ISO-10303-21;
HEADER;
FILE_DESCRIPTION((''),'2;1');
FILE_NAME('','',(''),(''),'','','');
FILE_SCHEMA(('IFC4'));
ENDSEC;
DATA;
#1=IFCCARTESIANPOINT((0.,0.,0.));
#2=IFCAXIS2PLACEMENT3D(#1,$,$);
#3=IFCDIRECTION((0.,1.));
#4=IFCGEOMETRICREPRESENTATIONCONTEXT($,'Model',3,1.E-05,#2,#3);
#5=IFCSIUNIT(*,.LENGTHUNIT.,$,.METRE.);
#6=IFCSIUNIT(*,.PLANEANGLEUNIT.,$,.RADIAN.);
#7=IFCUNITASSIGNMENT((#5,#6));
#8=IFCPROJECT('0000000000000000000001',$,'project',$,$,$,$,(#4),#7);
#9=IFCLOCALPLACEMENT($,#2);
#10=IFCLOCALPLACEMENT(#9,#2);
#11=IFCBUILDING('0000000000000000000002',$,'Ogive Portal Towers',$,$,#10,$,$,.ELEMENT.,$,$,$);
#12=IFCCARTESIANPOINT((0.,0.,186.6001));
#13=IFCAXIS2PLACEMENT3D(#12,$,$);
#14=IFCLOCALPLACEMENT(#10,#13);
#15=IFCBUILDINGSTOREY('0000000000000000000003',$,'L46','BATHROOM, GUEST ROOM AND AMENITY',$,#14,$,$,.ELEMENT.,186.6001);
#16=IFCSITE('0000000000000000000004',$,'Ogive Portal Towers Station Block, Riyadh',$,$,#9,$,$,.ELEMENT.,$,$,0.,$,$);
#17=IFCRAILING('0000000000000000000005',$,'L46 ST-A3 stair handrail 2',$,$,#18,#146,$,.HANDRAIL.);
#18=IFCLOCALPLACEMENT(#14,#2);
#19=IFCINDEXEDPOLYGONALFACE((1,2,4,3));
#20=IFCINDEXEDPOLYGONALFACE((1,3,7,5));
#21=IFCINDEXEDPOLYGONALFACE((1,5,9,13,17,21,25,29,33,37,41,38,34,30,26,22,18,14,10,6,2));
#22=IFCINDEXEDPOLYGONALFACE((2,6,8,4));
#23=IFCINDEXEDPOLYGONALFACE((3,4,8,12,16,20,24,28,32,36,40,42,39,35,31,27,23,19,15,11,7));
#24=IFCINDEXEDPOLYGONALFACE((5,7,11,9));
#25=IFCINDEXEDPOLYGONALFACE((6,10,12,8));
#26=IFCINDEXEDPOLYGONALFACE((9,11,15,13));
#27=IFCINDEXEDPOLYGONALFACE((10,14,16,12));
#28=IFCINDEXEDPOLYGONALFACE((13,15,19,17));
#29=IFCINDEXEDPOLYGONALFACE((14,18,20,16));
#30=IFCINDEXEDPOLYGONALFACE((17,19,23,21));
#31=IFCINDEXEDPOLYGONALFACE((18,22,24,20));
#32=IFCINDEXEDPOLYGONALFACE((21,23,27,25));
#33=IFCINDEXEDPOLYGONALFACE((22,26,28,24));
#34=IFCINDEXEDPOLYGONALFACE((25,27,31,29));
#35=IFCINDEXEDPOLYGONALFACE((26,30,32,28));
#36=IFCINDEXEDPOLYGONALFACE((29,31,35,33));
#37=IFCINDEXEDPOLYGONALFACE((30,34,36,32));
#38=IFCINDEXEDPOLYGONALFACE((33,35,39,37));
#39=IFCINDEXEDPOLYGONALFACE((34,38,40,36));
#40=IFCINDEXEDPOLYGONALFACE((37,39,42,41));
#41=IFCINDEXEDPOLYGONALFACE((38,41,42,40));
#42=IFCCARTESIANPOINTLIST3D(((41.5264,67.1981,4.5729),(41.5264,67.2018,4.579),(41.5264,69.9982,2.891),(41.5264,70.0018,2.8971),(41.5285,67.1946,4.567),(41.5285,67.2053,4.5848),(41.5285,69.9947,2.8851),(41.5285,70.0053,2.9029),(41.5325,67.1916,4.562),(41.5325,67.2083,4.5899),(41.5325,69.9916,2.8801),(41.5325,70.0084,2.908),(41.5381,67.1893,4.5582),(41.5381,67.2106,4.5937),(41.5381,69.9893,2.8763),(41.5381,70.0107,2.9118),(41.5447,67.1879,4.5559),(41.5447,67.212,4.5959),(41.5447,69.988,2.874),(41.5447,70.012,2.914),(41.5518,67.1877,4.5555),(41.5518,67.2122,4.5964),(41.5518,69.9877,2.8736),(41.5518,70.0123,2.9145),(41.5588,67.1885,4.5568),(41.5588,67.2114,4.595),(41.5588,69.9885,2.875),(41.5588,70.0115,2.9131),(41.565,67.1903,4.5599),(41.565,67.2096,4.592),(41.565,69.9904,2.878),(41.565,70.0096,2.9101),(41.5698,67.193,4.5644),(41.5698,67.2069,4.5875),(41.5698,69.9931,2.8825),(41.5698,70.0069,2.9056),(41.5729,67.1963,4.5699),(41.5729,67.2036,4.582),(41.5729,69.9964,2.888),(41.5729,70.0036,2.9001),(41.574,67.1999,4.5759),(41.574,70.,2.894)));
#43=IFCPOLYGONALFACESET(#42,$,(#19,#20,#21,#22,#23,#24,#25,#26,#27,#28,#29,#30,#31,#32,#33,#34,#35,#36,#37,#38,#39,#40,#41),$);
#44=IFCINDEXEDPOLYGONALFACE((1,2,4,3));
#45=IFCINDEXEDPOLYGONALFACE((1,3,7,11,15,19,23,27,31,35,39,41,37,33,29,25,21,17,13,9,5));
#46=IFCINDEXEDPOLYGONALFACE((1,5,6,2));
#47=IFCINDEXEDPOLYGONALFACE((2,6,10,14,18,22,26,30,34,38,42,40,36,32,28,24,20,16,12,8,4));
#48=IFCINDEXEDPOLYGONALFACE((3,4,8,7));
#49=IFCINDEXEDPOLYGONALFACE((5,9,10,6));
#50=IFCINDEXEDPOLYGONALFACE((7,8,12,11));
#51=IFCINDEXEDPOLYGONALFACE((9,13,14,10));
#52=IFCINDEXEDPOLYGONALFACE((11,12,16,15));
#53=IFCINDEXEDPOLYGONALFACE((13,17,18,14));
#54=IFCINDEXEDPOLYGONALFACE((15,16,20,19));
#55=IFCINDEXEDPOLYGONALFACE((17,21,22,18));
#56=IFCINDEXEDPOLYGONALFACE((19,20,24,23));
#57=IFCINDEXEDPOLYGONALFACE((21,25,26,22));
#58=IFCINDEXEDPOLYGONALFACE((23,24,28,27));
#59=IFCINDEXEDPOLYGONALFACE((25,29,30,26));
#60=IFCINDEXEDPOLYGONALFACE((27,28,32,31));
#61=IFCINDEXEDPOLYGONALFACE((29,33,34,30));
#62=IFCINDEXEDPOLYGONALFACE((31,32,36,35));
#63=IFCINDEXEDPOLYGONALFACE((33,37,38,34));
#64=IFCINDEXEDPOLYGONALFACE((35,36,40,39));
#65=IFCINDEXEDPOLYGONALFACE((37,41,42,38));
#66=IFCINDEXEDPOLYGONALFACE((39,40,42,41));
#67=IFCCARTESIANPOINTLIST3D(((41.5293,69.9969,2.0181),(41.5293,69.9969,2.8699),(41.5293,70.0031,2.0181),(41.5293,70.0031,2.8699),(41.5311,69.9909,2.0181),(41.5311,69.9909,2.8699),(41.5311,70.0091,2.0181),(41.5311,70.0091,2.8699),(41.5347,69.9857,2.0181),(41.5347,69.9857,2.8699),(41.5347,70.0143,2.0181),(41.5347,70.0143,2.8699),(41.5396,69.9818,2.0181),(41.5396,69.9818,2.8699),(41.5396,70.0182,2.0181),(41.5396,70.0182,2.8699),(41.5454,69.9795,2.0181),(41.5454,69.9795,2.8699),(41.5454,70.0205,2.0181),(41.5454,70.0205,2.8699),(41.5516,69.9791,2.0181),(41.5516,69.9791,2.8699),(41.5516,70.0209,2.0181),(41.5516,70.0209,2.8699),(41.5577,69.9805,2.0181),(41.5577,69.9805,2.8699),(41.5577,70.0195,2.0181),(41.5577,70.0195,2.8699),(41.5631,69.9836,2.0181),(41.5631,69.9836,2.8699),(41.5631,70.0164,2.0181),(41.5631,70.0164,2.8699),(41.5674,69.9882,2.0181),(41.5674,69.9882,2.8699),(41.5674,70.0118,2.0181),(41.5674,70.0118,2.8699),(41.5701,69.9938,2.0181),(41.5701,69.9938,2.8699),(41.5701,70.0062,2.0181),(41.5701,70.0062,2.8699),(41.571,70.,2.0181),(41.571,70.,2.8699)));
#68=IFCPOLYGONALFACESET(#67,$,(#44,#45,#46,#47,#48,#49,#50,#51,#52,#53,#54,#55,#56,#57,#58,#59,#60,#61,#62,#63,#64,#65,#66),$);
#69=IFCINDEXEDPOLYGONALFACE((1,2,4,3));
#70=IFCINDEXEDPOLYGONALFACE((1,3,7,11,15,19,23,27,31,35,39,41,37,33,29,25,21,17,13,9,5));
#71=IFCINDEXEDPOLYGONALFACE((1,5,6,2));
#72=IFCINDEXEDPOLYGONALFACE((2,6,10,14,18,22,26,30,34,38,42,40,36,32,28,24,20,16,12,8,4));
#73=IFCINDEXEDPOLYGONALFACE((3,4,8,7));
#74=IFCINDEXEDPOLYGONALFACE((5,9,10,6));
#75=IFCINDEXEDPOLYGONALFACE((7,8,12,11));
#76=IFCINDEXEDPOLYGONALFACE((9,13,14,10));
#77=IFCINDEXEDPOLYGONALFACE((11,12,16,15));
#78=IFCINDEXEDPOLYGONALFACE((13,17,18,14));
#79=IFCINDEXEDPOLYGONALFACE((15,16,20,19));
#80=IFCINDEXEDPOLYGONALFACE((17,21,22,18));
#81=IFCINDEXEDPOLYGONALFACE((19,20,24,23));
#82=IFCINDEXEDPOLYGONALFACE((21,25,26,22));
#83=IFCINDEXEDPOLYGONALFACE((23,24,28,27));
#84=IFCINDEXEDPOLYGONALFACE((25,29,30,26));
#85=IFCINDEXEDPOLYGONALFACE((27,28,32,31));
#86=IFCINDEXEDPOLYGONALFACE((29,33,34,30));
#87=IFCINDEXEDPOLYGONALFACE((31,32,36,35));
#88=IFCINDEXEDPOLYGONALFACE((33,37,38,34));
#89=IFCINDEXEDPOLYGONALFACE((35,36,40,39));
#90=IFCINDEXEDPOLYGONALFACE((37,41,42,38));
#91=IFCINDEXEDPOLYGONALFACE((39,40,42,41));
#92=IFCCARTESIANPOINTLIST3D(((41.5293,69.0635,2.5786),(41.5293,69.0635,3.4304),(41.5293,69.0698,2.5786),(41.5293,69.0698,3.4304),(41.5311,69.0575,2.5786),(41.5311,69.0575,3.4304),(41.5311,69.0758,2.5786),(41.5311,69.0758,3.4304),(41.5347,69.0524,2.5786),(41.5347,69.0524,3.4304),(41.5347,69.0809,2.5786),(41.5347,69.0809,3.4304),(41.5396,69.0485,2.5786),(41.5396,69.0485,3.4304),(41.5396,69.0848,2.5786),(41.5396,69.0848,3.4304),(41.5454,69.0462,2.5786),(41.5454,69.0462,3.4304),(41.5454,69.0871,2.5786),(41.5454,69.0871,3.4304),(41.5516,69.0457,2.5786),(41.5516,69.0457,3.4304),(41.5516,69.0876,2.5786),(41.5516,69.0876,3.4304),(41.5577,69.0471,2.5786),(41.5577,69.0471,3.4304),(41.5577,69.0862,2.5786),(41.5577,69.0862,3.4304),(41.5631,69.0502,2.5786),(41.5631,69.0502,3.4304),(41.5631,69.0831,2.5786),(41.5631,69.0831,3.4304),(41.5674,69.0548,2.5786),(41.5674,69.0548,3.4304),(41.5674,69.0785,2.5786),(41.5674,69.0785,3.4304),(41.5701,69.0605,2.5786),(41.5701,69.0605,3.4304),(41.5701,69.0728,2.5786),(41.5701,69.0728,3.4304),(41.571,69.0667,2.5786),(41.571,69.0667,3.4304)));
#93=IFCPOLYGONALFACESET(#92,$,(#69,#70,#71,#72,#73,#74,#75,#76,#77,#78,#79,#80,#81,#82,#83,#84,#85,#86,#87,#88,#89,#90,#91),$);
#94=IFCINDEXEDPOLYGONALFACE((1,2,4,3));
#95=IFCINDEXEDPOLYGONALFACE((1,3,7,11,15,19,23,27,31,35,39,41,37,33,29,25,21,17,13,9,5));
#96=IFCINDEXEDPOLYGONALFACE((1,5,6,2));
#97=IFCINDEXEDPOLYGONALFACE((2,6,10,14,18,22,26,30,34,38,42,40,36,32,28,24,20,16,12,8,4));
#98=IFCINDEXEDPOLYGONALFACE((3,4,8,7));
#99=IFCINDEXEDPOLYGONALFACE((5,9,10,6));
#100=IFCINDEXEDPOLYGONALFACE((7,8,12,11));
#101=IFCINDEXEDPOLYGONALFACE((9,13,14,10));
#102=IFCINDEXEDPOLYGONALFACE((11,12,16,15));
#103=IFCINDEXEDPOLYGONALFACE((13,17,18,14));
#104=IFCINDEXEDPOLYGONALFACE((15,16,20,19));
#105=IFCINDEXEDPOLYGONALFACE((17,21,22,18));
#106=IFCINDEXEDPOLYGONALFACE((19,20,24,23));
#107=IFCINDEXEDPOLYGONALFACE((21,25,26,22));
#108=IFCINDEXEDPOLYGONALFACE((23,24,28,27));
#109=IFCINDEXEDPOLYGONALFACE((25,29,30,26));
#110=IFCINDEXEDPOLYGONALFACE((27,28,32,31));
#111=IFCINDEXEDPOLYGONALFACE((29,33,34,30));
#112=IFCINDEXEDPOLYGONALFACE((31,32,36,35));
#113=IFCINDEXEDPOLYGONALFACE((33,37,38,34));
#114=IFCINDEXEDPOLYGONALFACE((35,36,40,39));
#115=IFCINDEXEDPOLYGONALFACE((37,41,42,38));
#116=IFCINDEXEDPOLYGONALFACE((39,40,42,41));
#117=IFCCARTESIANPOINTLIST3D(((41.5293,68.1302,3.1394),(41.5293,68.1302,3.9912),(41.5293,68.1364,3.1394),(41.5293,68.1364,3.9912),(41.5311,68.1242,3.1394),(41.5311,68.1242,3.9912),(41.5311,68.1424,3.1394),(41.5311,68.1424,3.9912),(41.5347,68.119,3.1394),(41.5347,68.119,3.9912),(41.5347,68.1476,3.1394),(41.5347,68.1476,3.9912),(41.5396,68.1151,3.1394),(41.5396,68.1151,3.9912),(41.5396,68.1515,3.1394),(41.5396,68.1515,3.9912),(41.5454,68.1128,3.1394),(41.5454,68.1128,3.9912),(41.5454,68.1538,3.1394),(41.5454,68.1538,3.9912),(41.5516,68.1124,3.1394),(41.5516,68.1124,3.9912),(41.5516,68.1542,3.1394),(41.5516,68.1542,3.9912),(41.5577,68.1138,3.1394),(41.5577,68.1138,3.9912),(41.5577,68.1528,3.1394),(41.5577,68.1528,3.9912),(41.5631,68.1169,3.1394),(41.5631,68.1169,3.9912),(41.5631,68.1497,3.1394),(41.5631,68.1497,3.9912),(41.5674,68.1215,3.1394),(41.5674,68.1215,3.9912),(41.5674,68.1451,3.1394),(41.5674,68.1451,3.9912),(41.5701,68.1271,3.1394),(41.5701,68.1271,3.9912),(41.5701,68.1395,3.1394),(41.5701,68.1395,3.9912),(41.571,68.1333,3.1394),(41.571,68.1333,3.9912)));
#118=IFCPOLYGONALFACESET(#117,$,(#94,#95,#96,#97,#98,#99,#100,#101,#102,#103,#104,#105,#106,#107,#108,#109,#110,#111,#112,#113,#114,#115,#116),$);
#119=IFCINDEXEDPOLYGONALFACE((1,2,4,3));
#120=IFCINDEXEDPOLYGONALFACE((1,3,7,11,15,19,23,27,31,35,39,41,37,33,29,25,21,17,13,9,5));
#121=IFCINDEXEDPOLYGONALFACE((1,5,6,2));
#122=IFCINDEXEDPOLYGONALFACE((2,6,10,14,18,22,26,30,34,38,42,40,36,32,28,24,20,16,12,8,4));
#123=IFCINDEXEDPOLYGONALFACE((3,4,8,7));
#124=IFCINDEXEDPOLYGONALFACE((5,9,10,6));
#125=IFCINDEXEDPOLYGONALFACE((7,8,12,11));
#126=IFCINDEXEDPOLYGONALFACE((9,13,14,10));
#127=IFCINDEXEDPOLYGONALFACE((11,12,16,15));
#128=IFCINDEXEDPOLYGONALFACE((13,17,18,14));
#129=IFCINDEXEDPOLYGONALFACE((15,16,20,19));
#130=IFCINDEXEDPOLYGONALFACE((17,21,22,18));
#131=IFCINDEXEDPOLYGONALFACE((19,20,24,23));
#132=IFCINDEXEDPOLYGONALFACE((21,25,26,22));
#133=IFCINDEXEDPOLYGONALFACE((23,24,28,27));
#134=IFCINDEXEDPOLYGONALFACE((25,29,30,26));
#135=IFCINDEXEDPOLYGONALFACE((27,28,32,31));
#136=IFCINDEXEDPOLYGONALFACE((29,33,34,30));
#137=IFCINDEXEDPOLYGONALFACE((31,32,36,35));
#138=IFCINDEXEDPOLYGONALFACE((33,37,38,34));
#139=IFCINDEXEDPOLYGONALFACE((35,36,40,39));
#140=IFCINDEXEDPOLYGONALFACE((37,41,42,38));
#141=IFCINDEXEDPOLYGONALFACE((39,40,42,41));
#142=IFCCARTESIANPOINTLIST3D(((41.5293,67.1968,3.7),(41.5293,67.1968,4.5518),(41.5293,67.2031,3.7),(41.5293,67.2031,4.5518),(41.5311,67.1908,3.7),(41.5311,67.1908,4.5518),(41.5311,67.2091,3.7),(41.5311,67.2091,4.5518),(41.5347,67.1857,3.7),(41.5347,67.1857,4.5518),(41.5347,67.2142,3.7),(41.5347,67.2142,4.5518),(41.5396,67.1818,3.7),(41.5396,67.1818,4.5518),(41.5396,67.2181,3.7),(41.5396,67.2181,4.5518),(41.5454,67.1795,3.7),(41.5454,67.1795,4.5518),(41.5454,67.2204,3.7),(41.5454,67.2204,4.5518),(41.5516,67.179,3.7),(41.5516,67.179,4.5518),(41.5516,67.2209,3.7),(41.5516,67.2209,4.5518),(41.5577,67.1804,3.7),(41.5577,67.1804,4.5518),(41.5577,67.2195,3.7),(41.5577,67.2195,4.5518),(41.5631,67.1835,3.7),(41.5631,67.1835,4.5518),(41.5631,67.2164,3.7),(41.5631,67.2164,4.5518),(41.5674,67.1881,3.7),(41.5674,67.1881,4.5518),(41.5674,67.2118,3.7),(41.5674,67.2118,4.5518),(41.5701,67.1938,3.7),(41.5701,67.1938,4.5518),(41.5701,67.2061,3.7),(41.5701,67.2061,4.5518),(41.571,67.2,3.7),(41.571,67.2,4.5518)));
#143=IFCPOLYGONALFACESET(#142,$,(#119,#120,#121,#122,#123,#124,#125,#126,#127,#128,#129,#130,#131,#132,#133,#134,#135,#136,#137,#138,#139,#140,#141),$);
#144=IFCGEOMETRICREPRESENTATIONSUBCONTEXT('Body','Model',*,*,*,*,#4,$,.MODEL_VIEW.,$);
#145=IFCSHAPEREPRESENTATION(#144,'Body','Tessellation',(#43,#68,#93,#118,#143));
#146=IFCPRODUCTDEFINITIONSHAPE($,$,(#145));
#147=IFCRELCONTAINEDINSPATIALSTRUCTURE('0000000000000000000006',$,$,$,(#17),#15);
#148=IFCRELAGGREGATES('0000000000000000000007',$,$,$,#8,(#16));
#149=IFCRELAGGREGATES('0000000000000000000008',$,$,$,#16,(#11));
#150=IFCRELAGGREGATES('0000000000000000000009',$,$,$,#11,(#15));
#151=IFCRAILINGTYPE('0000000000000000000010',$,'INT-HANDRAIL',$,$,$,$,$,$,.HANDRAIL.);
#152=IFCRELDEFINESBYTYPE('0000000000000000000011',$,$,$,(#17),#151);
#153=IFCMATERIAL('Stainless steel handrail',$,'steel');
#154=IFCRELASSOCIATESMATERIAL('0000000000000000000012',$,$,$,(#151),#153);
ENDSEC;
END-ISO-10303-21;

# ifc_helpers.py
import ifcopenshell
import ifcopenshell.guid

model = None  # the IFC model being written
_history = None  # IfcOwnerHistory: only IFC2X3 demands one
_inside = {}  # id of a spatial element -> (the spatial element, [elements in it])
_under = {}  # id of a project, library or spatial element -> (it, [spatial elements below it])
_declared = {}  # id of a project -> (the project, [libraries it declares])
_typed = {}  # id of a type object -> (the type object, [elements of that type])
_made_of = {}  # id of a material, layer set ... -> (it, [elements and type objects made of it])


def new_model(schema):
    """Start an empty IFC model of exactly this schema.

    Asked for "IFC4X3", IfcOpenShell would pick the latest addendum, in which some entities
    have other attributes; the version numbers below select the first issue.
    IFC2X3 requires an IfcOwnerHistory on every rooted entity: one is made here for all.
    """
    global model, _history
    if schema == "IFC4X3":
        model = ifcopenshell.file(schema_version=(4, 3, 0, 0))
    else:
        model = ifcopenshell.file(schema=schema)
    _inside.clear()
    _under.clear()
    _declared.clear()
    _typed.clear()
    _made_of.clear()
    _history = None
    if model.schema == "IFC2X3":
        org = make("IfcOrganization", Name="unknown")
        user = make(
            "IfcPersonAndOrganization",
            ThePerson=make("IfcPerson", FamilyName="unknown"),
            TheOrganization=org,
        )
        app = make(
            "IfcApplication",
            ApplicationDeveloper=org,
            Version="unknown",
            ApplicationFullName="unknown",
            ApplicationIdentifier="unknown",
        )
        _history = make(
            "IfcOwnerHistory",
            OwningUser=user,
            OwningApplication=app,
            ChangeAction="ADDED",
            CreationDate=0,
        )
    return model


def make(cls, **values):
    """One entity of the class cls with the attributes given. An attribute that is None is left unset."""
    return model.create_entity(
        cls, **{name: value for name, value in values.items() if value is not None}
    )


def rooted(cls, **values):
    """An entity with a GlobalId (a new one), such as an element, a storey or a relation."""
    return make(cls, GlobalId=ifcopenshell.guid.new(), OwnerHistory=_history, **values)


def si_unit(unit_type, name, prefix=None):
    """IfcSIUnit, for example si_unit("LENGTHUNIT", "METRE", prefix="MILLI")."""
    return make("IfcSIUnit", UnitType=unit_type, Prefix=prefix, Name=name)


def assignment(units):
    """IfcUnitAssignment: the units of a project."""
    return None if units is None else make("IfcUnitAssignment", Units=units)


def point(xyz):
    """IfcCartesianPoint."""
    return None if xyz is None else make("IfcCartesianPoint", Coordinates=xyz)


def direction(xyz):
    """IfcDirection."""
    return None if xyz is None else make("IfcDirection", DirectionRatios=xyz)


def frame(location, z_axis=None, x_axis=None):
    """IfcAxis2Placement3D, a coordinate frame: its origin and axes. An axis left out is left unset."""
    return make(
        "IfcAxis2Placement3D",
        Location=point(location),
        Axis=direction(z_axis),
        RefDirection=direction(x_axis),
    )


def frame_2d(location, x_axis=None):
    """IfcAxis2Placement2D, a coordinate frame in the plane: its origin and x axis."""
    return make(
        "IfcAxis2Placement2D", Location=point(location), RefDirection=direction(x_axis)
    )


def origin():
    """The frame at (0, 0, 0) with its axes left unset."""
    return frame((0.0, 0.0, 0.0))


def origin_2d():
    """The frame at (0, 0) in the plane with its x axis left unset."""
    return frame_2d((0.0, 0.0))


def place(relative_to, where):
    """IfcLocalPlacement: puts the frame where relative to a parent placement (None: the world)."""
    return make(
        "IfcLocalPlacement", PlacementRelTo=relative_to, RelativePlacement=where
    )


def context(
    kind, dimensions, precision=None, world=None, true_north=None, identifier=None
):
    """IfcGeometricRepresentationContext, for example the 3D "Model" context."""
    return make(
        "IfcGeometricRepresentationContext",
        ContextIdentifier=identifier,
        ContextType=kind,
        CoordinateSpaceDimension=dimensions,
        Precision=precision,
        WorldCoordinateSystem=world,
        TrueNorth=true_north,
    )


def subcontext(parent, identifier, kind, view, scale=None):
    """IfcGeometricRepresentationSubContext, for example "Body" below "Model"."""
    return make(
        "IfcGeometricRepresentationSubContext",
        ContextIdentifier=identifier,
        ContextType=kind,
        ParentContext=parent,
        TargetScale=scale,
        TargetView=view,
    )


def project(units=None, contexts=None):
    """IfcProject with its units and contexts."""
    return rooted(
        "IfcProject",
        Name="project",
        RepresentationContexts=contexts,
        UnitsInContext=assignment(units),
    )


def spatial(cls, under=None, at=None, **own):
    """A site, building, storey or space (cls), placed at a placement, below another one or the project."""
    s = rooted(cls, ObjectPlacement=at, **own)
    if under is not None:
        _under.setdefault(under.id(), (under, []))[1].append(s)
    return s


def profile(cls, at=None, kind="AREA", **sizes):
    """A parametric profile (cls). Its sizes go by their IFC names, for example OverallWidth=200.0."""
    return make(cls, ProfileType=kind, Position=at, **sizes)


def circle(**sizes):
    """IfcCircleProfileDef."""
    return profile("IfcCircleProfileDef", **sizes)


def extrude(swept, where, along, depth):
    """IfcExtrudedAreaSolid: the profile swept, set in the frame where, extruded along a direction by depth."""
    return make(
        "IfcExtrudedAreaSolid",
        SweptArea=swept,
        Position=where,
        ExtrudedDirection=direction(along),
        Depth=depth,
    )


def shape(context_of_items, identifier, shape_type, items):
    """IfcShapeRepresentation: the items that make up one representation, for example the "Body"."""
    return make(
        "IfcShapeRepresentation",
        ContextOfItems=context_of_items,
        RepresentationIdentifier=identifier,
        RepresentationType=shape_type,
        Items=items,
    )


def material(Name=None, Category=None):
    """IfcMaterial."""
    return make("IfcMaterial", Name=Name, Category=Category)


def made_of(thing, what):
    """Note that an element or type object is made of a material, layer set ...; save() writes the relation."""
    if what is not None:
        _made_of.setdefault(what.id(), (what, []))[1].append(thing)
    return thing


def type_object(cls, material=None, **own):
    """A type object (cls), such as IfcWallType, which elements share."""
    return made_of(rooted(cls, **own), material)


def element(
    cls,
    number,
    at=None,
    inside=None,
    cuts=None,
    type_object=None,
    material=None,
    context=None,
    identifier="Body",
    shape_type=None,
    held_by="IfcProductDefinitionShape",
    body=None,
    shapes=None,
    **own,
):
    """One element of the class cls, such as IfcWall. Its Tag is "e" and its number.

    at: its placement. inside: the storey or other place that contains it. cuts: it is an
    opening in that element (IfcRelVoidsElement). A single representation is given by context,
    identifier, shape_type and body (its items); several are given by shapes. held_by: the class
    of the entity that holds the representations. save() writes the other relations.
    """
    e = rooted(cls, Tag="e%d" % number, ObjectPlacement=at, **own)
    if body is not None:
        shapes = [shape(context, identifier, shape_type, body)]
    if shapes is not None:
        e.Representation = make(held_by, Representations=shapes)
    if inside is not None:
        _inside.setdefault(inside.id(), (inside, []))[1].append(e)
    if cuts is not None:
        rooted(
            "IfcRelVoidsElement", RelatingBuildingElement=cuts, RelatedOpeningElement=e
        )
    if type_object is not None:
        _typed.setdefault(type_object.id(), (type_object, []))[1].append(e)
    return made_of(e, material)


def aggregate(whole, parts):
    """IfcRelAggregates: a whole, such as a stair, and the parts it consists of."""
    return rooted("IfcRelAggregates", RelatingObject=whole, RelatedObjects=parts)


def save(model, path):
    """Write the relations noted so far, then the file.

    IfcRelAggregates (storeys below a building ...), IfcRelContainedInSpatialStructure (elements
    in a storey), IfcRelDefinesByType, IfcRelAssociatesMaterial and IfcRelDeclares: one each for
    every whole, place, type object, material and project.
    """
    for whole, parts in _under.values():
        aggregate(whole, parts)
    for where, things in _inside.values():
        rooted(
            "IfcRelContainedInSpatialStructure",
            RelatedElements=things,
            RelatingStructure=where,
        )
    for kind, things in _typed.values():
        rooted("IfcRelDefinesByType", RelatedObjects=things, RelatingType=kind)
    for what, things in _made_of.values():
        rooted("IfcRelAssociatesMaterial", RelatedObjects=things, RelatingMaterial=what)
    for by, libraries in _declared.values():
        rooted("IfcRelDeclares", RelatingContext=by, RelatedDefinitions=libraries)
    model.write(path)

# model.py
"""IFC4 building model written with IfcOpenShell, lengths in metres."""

from ifc_helpers import new_model, si_unit, direction, frame, origin, origin_2d, place, context, subcontext, project, spatial, circle, extrude, material, type_object, element, save


model = new_model("IFC4")

# Units and contexts
model_context = context("Model", 3, precision=1e-05, world=origin(), true_north=direction((0.0, 1.0)))
body_context = subcontext(model_context, "Body", "Model", "MODEL_VIEW")
ifc_project = project(units=[si_unit("LENGTHUNIT", "METRE"), si_unit("PLANEANGLEUNIT", "RADIAN")], contexts=[model_context])

# Site, building, storey
site_placement = place(None, origin())
site = spatial("IfcSite", under=ifc_project, at=site_placement, Name="Ogive Portal Towers Station Block, Riyadh", CompositionType="ELEMENT", RefElevation=0.0)
building_placement = place(site_placement, origin())
building = spatial("IfcBuilding", under=site, at=building_placement, Name="Ogive Portal Towers", CompositionType="ELEMENT")
storey_placement = place(building_placement, frame((0.0, 0.0, 186.6001)))
storey = spatial("IfcBuildingStorey", under=building, at=storey_placement, Name="L46", Description="BATHROOM, GUEST ROOM AND AMENITY", CompositionType="ELEMENT", Elevation=186.6001)

# Railing
ifc_material_1 = material(Name="Stainless steel handrail", Category="steel")
railing_type_1 = type_object("IfcRailingType", Name="INT-HANDRAIL", PredefinedType="HANDRAIL", material=ifc_material_1)
railing_1_placement = place(storey_placement, frame((41.55, 70.0, 2.0181)))
element("IfcRailing", 1, at=railing_1_placement, inside=storey, type_object=railing_type_1, Name="L46 ST-A3 stair handrail 2", PredefinedType="HANDRAIL", context=body_context, shape_type="SweptSolid", body=[
    extrude(circle(Radius=0.0239, at=origin_2d()), frame((0.0, 0.0, 0.876), z_axis=(0.0, -0.857242, 0.514913), x_axis=(1.0, 0.0, 0.0)), (0.0, 0.0, 1.0), 3.2664),
    extrude(circle(Radius=0.021, at=origin_2d()), origin(), (0.0, 0.0, 1.0), 0.8518),
    extrude(circle(Radius=0.021, at=origin_2d()), frame((0.0, -0.9333, 0.5605)), (0.0, 0.0, 1.0), 0.8518),
    extrude(circle(Radius=0.021, at=origin_2d()), frame((0.0, -1.8667, 1.1213)), (0.0, 0.0, 1.0), 0.8518),
    extrude(circle(Radius=0.021, at=origin_2d()), frame((0.0, -2.8, 1.6819)), (0.0, 0.0, 1.0), 0.8518),
])

save(model, "model.ifc")
